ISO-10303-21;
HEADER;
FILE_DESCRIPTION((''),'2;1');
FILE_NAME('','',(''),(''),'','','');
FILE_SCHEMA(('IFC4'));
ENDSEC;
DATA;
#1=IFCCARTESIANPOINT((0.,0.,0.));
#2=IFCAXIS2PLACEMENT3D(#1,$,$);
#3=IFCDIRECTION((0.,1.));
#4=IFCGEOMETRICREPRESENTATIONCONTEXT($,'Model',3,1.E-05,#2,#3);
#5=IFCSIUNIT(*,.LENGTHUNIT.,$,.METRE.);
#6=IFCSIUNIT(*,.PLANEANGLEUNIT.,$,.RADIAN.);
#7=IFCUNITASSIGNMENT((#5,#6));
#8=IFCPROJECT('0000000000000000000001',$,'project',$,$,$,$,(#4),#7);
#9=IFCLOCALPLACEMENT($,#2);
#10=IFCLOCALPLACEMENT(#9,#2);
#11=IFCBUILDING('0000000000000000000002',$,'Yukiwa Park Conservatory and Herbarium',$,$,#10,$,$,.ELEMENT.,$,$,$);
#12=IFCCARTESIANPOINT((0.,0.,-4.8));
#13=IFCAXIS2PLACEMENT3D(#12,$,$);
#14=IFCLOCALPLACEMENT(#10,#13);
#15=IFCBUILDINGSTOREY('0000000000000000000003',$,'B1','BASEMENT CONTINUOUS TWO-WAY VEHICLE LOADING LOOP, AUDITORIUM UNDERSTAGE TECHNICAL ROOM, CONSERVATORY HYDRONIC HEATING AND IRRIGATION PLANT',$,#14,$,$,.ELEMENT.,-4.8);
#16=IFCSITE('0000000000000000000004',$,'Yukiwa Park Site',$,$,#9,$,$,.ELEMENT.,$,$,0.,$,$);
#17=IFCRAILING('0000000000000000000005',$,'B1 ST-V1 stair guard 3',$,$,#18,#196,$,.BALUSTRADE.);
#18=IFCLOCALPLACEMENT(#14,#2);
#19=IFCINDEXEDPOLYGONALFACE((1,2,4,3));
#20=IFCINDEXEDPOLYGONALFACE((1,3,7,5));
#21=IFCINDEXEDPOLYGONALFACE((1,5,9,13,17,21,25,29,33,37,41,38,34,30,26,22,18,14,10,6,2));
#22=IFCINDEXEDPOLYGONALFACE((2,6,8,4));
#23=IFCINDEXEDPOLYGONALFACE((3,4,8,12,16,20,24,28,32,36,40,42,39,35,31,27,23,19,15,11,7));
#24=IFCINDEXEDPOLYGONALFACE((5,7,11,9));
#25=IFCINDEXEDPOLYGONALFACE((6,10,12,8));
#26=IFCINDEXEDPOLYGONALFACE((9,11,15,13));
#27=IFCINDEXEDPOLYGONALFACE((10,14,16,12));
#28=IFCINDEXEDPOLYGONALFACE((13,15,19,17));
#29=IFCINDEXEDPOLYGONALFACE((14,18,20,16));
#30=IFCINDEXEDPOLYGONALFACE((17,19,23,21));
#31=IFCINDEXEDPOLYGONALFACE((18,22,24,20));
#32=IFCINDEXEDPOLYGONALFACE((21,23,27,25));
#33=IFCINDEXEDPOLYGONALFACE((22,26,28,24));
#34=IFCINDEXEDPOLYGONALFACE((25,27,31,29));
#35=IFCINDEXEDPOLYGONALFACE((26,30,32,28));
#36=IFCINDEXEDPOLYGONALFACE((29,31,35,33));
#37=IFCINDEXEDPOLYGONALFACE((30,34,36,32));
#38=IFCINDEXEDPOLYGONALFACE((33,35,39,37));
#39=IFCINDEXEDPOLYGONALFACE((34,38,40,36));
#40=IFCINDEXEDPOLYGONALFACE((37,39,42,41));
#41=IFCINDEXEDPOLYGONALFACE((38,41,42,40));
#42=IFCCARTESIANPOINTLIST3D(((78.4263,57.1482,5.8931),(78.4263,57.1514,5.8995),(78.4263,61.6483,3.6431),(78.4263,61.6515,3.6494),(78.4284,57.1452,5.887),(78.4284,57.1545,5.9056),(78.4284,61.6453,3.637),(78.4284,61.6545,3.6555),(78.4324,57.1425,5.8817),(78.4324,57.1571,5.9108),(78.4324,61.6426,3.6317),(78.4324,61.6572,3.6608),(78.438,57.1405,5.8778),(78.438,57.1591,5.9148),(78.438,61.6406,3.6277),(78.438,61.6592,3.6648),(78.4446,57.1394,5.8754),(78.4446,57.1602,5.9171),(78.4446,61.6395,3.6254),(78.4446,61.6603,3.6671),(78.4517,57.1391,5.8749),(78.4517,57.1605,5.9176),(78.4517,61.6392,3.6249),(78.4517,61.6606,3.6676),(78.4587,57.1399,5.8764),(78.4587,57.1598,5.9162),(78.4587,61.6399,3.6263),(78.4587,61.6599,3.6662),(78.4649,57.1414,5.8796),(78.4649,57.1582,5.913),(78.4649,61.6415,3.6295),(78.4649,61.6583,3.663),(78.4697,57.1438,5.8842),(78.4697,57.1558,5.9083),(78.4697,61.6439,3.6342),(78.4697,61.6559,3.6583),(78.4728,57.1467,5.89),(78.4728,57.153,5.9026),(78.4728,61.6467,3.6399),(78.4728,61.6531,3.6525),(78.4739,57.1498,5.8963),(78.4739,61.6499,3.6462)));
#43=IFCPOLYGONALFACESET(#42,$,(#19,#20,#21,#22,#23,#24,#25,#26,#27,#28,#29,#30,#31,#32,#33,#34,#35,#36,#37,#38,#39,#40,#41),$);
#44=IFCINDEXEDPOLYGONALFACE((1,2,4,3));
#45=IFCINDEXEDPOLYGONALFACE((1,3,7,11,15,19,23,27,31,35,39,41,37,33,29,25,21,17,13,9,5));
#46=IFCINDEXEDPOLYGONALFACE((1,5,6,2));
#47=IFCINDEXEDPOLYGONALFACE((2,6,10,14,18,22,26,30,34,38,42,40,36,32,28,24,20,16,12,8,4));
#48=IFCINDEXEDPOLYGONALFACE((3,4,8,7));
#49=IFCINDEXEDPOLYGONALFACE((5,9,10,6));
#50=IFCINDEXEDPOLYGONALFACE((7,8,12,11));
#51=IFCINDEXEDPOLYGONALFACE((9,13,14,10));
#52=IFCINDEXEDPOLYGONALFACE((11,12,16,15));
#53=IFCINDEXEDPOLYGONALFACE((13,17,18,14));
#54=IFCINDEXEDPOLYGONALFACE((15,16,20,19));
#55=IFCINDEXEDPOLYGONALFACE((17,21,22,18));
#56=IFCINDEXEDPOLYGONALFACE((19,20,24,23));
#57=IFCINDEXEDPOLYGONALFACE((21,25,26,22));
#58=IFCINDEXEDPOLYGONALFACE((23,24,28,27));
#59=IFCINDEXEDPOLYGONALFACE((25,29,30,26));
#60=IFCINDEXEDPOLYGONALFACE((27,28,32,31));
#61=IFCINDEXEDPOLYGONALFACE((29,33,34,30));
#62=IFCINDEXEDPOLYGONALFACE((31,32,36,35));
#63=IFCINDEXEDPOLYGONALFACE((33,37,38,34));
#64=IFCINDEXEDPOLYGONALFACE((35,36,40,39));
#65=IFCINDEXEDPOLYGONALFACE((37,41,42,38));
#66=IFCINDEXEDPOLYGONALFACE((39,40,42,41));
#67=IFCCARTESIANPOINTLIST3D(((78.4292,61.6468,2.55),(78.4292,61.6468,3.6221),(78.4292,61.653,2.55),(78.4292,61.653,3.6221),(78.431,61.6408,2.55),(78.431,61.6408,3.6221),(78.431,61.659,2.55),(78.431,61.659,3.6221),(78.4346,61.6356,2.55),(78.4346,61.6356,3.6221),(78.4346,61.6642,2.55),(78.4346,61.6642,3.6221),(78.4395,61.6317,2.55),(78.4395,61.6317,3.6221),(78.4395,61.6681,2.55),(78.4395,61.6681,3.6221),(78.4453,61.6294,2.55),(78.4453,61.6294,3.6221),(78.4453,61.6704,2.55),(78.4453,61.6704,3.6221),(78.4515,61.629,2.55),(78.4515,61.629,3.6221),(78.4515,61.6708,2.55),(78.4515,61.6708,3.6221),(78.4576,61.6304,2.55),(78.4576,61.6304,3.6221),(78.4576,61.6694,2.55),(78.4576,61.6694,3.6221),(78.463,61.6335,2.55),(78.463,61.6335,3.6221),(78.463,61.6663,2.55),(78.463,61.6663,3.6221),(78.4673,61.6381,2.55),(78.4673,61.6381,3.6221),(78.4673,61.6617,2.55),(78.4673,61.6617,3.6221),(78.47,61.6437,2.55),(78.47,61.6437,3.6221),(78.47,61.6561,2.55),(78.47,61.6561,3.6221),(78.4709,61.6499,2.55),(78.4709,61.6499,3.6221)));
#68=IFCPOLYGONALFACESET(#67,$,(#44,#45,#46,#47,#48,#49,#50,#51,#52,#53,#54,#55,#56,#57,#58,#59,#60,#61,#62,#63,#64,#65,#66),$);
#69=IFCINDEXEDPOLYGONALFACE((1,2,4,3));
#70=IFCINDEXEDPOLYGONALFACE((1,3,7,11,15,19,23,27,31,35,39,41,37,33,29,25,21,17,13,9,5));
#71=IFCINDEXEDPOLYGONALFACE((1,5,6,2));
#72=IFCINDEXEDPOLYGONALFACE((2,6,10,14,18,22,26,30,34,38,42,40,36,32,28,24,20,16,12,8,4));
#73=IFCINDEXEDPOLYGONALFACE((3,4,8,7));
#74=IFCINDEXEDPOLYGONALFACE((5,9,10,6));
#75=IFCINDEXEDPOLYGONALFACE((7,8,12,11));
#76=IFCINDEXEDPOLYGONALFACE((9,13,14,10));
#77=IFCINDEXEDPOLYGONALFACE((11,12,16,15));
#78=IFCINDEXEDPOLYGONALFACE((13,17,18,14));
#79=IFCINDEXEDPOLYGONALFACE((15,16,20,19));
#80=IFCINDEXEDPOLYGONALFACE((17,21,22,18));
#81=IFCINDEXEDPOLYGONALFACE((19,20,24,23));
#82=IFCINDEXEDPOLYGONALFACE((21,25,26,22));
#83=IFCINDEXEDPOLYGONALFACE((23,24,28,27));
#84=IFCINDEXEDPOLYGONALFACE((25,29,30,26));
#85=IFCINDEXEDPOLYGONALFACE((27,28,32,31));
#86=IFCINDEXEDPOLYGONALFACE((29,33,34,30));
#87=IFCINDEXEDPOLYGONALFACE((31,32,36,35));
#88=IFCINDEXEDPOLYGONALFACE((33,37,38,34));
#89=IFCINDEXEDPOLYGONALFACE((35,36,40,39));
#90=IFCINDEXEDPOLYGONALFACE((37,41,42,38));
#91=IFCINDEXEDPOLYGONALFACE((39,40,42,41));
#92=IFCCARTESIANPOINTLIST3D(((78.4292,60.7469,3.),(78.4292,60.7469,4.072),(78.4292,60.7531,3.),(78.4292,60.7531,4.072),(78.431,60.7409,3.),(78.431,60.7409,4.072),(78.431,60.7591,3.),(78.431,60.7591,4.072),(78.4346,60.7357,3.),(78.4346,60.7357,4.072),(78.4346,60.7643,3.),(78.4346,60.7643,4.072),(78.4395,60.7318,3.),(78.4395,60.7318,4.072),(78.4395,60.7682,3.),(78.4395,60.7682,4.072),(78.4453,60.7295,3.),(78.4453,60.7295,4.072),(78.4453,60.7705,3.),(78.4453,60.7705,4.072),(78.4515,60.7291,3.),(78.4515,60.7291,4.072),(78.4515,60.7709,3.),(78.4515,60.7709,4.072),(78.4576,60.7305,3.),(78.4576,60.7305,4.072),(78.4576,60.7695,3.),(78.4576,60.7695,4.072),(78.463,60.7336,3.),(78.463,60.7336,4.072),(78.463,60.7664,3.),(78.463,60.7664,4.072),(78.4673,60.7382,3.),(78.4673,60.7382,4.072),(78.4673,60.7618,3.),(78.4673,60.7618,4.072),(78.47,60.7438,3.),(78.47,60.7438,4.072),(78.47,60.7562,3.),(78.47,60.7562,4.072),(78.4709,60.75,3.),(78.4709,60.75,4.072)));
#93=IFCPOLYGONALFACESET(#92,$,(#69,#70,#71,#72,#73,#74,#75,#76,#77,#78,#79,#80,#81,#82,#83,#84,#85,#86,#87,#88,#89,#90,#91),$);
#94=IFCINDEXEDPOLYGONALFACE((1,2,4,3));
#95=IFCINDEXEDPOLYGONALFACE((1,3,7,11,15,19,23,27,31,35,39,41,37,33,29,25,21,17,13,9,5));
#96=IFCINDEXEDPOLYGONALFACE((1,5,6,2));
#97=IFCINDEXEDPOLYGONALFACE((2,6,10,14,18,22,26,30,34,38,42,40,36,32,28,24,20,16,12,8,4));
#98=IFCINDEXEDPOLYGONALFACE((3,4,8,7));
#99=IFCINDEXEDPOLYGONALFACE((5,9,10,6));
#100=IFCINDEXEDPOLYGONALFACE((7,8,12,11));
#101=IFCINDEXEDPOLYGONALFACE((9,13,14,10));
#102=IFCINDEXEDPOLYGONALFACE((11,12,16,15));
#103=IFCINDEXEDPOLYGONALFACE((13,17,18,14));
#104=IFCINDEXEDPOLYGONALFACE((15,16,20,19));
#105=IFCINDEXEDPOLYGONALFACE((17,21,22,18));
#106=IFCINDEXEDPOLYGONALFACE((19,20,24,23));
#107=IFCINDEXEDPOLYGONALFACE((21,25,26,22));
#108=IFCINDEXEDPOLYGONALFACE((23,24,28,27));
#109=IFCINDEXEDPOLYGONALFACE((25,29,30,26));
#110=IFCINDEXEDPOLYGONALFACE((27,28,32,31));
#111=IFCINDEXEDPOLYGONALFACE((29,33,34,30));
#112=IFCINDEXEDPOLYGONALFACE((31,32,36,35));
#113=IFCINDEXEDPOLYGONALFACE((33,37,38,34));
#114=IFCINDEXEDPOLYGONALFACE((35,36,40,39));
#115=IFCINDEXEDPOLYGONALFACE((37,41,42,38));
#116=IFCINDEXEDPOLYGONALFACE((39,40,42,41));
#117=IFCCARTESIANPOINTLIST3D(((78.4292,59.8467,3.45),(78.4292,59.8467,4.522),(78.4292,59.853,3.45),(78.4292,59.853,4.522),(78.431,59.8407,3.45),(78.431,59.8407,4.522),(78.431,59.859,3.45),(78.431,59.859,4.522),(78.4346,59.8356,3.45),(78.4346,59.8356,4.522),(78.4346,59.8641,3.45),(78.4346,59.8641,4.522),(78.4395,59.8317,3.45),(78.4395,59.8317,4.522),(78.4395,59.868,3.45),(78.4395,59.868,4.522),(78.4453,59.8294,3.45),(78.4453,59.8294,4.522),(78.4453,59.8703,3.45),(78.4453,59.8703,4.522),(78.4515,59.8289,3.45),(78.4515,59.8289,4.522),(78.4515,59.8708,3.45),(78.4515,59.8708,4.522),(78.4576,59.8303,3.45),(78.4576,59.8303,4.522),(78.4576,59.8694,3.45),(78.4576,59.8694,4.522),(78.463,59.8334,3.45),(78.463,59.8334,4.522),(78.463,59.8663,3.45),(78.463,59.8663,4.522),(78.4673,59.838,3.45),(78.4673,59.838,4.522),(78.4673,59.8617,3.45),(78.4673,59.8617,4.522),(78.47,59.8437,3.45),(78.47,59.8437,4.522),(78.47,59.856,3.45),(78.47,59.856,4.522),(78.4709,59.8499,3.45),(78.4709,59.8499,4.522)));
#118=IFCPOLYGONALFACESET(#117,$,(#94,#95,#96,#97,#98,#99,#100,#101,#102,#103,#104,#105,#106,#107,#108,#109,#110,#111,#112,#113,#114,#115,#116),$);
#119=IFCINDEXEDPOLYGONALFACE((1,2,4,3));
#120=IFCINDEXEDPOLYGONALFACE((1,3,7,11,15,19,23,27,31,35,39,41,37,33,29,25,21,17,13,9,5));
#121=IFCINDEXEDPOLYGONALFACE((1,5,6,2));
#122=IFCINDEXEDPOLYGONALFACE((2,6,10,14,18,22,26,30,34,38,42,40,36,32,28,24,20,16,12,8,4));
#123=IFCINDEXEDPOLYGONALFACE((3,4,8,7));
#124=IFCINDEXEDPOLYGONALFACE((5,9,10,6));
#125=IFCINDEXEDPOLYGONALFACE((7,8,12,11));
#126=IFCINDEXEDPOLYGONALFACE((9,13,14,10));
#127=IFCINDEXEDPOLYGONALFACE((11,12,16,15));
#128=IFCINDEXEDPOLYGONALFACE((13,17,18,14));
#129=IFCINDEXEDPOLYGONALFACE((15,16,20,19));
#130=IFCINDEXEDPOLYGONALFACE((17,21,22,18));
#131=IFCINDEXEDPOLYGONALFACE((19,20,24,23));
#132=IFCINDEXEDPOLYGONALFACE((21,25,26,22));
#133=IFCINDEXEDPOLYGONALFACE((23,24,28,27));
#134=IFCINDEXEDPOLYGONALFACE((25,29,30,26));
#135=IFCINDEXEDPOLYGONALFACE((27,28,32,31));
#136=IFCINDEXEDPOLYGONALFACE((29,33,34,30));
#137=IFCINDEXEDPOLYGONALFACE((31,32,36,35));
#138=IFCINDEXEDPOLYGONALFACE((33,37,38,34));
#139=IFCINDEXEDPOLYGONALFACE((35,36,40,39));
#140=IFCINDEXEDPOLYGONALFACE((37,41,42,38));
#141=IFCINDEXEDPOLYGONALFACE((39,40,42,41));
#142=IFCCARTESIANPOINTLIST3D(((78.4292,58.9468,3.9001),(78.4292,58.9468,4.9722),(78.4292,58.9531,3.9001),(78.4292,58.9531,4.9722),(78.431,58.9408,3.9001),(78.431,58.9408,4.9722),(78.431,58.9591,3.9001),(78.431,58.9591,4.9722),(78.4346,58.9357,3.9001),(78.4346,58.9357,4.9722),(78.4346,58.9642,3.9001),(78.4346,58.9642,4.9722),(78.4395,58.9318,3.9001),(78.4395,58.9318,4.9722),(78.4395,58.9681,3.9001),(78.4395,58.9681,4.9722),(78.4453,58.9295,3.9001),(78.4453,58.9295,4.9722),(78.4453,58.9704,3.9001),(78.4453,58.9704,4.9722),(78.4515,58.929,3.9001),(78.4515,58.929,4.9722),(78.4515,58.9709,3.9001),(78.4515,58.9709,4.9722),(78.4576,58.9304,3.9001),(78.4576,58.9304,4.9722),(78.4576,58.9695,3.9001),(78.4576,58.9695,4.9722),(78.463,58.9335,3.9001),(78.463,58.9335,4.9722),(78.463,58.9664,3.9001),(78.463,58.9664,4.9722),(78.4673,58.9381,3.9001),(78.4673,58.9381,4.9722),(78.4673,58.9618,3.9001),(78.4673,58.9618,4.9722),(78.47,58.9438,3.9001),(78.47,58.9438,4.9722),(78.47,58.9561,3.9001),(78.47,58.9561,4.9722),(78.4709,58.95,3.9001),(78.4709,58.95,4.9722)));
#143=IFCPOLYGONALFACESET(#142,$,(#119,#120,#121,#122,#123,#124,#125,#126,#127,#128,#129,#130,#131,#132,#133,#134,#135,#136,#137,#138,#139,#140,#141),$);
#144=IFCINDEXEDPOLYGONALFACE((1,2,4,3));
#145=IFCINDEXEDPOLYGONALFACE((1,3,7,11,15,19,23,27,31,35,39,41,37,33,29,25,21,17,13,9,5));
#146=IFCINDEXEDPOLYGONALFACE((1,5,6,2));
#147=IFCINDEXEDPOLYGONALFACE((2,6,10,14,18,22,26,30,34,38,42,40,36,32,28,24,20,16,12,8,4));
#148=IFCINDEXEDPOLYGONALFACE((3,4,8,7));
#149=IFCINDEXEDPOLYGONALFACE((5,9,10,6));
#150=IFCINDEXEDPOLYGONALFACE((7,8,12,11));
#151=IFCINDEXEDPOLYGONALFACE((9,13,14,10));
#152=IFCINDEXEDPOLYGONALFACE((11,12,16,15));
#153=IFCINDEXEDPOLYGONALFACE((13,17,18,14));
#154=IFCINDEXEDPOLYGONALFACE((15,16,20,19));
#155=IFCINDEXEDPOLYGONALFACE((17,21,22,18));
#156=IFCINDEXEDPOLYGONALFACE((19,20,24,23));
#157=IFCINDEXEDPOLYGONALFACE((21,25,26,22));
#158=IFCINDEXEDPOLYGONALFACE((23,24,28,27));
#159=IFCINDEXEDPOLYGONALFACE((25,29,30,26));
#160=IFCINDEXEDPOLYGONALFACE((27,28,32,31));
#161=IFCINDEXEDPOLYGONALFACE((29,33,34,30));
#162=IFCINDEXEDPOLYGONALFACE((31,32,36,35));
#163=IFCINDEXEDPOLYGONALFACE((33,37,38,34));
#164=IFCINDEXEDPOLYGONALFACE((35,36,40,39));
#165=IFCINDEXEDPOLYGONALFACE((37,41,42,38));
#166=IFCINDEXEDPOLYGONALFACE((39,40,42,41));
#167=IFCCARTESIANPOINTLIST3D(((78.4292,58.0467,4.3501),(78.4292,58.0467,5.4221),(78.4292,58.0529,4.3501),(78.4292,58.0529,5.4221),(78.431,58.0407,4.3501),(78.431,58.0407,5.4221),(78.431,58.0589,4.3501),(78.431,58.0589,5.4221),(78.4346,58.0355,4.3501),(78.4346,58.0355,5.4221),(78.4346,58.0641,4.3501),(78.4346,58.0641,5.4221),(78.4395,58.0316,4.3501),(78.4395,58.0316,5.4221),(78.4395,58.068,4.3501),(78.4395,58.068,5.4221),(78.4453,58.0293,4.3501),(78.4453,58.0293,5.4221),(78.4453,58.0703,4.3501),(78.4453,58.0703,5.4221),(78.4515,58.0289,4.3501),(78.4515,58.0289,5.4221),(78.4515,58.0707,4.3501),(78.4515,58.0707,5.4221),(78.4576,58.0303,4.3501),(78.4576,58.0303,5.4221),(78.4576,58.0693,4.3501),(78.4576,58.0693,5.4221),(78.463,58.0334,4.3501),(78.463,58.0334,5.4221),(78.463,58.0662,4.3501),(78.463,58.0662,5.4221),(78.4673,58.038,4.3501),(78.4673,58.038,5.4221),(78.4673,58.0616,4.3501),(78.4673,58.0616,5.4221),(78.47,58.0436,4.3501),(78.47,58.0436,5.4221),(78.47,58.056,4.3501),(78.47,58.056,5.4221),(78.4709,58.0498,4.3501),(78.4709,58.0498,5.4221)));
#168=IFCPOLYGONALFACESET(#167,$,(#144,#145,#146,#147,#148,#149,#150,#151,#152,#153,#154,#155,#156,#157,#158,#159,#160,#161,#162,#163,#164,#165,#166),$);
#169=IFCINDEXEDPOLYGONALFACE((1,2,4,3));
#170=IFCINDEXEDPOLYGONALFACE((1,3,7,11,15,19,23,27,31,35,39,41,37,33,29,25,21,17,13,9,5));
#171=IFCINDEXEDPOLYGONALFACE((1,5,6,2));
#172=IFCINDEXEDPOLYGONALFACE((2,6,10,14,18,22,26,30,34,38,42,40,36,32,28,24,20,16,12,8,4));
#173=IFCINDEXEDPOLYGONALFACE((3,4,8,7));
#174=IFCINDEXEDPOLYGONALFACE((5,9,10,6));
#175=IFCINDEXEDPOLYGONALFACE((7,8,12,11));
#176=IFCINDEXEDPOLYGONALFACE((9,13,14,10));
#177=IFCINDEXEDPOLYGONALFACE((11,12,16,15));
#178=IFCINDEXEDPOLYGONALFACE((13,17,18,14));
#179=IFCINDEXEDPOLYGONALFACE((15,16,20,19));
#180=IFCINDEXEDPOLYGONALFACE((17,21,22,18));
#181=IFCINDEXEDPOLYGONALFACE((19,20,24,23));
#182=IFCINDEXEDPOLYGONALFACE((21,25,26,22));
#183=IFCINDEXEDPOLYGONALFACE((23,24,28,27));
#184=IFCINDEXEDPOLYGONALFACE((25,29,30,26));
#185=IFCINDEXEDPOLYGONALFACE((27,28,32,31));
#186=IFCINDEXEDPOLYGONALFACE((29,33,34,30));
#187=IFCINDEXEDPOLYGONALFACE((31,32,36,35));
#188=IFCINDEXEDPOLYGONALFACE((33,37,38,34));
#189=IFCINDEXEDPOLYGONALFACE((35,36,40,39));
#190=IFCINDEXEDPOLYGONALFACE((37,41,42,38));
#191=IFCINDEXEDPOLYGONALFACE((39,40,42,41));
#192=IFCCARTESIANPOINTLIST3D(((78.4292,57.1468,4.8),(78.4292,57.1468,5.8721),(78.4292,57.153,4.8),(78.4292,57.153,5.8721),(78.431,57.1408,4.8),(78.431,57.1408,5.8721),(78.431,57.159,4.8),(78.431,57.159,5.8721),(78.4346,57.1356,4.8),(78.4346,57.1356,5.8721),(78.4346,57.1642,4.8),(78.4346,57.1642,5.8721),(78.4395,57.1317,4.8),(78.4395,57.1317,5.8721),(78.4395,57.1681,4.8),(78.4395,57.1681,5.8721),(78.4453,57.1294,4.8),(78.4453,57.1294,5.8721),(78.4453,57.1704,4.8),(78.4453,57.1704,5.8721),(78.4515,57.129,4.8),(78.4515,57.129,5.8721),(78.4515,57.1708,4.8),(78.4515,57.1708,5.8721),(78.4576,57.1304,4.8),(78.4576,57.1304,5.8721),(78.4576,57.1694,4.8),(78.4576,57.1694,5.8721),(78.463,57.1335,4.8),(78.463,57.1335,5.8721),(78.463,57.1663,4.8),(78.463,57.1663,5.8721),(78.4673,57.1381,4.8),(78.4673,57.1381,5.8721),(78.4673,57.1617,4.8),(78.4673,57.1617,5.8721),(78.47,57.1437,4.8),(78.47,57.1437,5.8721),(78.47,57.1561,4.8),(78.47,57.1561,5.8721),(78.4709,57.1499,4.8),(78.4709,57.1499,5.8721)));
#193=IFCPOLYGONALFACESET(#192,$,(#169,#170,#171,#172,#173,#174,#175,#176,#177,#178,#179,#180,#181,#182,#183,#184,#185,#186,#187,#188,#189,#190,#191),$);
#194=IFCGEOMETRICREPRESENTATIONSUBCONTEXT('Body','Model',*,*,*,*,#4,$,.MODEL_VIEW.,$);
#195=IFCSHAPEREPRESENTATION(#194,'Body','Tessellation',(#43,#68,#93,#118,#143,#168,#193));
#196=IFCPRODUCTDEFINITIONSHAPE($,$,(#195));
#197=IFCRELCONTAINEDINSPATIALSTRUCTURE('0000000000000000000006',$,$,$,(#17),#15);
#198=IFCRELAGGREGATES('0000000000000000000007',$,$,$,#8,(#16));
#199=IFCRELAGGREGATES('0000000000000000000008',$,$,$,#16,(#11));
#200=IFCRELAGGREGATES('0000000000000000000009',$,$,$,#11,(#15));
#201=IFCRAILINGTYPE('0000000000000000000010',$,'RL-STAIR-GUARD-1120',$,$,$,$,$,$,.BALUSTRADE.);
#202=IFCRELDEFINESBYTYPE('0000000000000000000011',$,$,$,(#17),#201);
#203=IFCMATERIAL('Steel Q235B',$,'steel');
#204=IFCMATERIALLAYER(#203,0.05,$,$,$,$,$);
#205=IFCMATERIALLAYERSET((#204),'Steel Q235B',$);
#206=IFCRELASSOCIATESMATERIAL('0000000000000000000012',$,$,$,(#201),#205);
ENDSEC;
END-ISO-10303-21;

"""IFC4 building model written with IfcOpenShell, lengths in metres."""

from ifc_helpers import new_model, si_unit, direction, frame, origin, origin_2d, place, context, subcontext, project, spatial, circle, extrude, material, layer, layer_set, type_object, element, save


model = new_model("IFC4")

# Units and contexts
model_context = context("Model", 3, precision=1e-05, world=origin(), true_north=direction((0.0, 1.0)))
body_context = subcontext(model_context, "Body", "Model", "MODEL_VIEW")
ifc_project = project(units=[si_unit("LENGTHUNIT", "METRE"), si_unit("PLANEANGLEUNIT", "RADIAN")], contexts=[model_context])

# Site, building, storey
site_placement = place(None, origin())
site = spatial("IfcSite", under=ifc_project, at=site_placement, Name="Yukiwa Park Site", CompositionType="ELEMENT", RefElevation=0.0)
building_placement = place(site_placement, origin())
building = spatial("IfcBuilding", under=site, at=building_placement, Name="Yukiwa Park Conservatory and Herbarium", CompositionType="ELEMENT")
storey_placement = place(building_placement, frame((0.0, 0.0, -4.8)))
storey = spatial("IfcBuildingStorey", under=building, at=storey_placement, Name="B1", Description="BASEMENT CONTINUOUS TWO-WAY VEHICLE LOADING LOOP, AUDITORIUM UNDERSTAGE TECHNICAL ROOM, CONSERVATORY HYDRONIC HEATING AND IRRIGATION PLANT", CompositionType="ELEMENT", Elevation=-4.8)

# Railing
ifc_material_1 = material(Name="Steel Q235B", Category="steel")
ifc_layer_1 = layer(ifc_material_1, 0.05)
ifc_layer_set_1 = layer_set([ifc_layer_1], Name="Steel Q235B")
railing_type_1 = type_object("IfcRailingType", Name="RL-STAIR-GUARD-1120", PredefinedType="BALUSTRADE", material=ifc_layer_set_1)
railing_1_placement = place(storey_placement, frame((78.45, 61.6499, 2.55)))
element("IfcRailing", 1, at=railing_1_placement, inside=storey, type_object=railing_type_1, Name="B1 ST-V1 stair guard 3", PredefinedType="BALUSTRADE", context=body_context, shape_type="SweptSolid", body=[
    extrude(circle(Radius=0.0239, at=origin_2d()), frame((0.0, 0.0, 1.0962), z_axis=(0.0, -0.894427, 0.447214), x_axis=(1.0, 0.0, 0.0)), (0.0, 0.0, 1.0), 5.0312),
    extrude(circle(Radius=0.021, at=origin_2d()), origin(), (0.0, 0.0, 1.0), 1.072),
    extrude(circle(Radius=0.021, at=origin_2d()), frame((0.0, -0.8999, 0.45)), (0.0, 0.0, 1.0), 1.072),
    extrude(circle(Radius=0.021, at=origin_2d()), frame((0.0, -1.8, 0.8999)), (0.0, 0.0, 1.0), 1.072),
    extrude(circle(Radius=0.021, at=origin_2d()), frame((0.0, -2.7, 1.3501)), (0.0, 0.0, 1.0), 1.072),
    extrude(circle(Radius=0.021, at=origin_2d()), frame((0.0, -3.6001, 1.8)), (0.0, 0.0, 1.0), 1.072),
    extrude(circle(Radius=0.021, at=origin_2d()), frame((0.0, -4.5, 2.25)), (0.0, 0.0, 1.0), 1.072),
])

save(model, "model.ifc")
